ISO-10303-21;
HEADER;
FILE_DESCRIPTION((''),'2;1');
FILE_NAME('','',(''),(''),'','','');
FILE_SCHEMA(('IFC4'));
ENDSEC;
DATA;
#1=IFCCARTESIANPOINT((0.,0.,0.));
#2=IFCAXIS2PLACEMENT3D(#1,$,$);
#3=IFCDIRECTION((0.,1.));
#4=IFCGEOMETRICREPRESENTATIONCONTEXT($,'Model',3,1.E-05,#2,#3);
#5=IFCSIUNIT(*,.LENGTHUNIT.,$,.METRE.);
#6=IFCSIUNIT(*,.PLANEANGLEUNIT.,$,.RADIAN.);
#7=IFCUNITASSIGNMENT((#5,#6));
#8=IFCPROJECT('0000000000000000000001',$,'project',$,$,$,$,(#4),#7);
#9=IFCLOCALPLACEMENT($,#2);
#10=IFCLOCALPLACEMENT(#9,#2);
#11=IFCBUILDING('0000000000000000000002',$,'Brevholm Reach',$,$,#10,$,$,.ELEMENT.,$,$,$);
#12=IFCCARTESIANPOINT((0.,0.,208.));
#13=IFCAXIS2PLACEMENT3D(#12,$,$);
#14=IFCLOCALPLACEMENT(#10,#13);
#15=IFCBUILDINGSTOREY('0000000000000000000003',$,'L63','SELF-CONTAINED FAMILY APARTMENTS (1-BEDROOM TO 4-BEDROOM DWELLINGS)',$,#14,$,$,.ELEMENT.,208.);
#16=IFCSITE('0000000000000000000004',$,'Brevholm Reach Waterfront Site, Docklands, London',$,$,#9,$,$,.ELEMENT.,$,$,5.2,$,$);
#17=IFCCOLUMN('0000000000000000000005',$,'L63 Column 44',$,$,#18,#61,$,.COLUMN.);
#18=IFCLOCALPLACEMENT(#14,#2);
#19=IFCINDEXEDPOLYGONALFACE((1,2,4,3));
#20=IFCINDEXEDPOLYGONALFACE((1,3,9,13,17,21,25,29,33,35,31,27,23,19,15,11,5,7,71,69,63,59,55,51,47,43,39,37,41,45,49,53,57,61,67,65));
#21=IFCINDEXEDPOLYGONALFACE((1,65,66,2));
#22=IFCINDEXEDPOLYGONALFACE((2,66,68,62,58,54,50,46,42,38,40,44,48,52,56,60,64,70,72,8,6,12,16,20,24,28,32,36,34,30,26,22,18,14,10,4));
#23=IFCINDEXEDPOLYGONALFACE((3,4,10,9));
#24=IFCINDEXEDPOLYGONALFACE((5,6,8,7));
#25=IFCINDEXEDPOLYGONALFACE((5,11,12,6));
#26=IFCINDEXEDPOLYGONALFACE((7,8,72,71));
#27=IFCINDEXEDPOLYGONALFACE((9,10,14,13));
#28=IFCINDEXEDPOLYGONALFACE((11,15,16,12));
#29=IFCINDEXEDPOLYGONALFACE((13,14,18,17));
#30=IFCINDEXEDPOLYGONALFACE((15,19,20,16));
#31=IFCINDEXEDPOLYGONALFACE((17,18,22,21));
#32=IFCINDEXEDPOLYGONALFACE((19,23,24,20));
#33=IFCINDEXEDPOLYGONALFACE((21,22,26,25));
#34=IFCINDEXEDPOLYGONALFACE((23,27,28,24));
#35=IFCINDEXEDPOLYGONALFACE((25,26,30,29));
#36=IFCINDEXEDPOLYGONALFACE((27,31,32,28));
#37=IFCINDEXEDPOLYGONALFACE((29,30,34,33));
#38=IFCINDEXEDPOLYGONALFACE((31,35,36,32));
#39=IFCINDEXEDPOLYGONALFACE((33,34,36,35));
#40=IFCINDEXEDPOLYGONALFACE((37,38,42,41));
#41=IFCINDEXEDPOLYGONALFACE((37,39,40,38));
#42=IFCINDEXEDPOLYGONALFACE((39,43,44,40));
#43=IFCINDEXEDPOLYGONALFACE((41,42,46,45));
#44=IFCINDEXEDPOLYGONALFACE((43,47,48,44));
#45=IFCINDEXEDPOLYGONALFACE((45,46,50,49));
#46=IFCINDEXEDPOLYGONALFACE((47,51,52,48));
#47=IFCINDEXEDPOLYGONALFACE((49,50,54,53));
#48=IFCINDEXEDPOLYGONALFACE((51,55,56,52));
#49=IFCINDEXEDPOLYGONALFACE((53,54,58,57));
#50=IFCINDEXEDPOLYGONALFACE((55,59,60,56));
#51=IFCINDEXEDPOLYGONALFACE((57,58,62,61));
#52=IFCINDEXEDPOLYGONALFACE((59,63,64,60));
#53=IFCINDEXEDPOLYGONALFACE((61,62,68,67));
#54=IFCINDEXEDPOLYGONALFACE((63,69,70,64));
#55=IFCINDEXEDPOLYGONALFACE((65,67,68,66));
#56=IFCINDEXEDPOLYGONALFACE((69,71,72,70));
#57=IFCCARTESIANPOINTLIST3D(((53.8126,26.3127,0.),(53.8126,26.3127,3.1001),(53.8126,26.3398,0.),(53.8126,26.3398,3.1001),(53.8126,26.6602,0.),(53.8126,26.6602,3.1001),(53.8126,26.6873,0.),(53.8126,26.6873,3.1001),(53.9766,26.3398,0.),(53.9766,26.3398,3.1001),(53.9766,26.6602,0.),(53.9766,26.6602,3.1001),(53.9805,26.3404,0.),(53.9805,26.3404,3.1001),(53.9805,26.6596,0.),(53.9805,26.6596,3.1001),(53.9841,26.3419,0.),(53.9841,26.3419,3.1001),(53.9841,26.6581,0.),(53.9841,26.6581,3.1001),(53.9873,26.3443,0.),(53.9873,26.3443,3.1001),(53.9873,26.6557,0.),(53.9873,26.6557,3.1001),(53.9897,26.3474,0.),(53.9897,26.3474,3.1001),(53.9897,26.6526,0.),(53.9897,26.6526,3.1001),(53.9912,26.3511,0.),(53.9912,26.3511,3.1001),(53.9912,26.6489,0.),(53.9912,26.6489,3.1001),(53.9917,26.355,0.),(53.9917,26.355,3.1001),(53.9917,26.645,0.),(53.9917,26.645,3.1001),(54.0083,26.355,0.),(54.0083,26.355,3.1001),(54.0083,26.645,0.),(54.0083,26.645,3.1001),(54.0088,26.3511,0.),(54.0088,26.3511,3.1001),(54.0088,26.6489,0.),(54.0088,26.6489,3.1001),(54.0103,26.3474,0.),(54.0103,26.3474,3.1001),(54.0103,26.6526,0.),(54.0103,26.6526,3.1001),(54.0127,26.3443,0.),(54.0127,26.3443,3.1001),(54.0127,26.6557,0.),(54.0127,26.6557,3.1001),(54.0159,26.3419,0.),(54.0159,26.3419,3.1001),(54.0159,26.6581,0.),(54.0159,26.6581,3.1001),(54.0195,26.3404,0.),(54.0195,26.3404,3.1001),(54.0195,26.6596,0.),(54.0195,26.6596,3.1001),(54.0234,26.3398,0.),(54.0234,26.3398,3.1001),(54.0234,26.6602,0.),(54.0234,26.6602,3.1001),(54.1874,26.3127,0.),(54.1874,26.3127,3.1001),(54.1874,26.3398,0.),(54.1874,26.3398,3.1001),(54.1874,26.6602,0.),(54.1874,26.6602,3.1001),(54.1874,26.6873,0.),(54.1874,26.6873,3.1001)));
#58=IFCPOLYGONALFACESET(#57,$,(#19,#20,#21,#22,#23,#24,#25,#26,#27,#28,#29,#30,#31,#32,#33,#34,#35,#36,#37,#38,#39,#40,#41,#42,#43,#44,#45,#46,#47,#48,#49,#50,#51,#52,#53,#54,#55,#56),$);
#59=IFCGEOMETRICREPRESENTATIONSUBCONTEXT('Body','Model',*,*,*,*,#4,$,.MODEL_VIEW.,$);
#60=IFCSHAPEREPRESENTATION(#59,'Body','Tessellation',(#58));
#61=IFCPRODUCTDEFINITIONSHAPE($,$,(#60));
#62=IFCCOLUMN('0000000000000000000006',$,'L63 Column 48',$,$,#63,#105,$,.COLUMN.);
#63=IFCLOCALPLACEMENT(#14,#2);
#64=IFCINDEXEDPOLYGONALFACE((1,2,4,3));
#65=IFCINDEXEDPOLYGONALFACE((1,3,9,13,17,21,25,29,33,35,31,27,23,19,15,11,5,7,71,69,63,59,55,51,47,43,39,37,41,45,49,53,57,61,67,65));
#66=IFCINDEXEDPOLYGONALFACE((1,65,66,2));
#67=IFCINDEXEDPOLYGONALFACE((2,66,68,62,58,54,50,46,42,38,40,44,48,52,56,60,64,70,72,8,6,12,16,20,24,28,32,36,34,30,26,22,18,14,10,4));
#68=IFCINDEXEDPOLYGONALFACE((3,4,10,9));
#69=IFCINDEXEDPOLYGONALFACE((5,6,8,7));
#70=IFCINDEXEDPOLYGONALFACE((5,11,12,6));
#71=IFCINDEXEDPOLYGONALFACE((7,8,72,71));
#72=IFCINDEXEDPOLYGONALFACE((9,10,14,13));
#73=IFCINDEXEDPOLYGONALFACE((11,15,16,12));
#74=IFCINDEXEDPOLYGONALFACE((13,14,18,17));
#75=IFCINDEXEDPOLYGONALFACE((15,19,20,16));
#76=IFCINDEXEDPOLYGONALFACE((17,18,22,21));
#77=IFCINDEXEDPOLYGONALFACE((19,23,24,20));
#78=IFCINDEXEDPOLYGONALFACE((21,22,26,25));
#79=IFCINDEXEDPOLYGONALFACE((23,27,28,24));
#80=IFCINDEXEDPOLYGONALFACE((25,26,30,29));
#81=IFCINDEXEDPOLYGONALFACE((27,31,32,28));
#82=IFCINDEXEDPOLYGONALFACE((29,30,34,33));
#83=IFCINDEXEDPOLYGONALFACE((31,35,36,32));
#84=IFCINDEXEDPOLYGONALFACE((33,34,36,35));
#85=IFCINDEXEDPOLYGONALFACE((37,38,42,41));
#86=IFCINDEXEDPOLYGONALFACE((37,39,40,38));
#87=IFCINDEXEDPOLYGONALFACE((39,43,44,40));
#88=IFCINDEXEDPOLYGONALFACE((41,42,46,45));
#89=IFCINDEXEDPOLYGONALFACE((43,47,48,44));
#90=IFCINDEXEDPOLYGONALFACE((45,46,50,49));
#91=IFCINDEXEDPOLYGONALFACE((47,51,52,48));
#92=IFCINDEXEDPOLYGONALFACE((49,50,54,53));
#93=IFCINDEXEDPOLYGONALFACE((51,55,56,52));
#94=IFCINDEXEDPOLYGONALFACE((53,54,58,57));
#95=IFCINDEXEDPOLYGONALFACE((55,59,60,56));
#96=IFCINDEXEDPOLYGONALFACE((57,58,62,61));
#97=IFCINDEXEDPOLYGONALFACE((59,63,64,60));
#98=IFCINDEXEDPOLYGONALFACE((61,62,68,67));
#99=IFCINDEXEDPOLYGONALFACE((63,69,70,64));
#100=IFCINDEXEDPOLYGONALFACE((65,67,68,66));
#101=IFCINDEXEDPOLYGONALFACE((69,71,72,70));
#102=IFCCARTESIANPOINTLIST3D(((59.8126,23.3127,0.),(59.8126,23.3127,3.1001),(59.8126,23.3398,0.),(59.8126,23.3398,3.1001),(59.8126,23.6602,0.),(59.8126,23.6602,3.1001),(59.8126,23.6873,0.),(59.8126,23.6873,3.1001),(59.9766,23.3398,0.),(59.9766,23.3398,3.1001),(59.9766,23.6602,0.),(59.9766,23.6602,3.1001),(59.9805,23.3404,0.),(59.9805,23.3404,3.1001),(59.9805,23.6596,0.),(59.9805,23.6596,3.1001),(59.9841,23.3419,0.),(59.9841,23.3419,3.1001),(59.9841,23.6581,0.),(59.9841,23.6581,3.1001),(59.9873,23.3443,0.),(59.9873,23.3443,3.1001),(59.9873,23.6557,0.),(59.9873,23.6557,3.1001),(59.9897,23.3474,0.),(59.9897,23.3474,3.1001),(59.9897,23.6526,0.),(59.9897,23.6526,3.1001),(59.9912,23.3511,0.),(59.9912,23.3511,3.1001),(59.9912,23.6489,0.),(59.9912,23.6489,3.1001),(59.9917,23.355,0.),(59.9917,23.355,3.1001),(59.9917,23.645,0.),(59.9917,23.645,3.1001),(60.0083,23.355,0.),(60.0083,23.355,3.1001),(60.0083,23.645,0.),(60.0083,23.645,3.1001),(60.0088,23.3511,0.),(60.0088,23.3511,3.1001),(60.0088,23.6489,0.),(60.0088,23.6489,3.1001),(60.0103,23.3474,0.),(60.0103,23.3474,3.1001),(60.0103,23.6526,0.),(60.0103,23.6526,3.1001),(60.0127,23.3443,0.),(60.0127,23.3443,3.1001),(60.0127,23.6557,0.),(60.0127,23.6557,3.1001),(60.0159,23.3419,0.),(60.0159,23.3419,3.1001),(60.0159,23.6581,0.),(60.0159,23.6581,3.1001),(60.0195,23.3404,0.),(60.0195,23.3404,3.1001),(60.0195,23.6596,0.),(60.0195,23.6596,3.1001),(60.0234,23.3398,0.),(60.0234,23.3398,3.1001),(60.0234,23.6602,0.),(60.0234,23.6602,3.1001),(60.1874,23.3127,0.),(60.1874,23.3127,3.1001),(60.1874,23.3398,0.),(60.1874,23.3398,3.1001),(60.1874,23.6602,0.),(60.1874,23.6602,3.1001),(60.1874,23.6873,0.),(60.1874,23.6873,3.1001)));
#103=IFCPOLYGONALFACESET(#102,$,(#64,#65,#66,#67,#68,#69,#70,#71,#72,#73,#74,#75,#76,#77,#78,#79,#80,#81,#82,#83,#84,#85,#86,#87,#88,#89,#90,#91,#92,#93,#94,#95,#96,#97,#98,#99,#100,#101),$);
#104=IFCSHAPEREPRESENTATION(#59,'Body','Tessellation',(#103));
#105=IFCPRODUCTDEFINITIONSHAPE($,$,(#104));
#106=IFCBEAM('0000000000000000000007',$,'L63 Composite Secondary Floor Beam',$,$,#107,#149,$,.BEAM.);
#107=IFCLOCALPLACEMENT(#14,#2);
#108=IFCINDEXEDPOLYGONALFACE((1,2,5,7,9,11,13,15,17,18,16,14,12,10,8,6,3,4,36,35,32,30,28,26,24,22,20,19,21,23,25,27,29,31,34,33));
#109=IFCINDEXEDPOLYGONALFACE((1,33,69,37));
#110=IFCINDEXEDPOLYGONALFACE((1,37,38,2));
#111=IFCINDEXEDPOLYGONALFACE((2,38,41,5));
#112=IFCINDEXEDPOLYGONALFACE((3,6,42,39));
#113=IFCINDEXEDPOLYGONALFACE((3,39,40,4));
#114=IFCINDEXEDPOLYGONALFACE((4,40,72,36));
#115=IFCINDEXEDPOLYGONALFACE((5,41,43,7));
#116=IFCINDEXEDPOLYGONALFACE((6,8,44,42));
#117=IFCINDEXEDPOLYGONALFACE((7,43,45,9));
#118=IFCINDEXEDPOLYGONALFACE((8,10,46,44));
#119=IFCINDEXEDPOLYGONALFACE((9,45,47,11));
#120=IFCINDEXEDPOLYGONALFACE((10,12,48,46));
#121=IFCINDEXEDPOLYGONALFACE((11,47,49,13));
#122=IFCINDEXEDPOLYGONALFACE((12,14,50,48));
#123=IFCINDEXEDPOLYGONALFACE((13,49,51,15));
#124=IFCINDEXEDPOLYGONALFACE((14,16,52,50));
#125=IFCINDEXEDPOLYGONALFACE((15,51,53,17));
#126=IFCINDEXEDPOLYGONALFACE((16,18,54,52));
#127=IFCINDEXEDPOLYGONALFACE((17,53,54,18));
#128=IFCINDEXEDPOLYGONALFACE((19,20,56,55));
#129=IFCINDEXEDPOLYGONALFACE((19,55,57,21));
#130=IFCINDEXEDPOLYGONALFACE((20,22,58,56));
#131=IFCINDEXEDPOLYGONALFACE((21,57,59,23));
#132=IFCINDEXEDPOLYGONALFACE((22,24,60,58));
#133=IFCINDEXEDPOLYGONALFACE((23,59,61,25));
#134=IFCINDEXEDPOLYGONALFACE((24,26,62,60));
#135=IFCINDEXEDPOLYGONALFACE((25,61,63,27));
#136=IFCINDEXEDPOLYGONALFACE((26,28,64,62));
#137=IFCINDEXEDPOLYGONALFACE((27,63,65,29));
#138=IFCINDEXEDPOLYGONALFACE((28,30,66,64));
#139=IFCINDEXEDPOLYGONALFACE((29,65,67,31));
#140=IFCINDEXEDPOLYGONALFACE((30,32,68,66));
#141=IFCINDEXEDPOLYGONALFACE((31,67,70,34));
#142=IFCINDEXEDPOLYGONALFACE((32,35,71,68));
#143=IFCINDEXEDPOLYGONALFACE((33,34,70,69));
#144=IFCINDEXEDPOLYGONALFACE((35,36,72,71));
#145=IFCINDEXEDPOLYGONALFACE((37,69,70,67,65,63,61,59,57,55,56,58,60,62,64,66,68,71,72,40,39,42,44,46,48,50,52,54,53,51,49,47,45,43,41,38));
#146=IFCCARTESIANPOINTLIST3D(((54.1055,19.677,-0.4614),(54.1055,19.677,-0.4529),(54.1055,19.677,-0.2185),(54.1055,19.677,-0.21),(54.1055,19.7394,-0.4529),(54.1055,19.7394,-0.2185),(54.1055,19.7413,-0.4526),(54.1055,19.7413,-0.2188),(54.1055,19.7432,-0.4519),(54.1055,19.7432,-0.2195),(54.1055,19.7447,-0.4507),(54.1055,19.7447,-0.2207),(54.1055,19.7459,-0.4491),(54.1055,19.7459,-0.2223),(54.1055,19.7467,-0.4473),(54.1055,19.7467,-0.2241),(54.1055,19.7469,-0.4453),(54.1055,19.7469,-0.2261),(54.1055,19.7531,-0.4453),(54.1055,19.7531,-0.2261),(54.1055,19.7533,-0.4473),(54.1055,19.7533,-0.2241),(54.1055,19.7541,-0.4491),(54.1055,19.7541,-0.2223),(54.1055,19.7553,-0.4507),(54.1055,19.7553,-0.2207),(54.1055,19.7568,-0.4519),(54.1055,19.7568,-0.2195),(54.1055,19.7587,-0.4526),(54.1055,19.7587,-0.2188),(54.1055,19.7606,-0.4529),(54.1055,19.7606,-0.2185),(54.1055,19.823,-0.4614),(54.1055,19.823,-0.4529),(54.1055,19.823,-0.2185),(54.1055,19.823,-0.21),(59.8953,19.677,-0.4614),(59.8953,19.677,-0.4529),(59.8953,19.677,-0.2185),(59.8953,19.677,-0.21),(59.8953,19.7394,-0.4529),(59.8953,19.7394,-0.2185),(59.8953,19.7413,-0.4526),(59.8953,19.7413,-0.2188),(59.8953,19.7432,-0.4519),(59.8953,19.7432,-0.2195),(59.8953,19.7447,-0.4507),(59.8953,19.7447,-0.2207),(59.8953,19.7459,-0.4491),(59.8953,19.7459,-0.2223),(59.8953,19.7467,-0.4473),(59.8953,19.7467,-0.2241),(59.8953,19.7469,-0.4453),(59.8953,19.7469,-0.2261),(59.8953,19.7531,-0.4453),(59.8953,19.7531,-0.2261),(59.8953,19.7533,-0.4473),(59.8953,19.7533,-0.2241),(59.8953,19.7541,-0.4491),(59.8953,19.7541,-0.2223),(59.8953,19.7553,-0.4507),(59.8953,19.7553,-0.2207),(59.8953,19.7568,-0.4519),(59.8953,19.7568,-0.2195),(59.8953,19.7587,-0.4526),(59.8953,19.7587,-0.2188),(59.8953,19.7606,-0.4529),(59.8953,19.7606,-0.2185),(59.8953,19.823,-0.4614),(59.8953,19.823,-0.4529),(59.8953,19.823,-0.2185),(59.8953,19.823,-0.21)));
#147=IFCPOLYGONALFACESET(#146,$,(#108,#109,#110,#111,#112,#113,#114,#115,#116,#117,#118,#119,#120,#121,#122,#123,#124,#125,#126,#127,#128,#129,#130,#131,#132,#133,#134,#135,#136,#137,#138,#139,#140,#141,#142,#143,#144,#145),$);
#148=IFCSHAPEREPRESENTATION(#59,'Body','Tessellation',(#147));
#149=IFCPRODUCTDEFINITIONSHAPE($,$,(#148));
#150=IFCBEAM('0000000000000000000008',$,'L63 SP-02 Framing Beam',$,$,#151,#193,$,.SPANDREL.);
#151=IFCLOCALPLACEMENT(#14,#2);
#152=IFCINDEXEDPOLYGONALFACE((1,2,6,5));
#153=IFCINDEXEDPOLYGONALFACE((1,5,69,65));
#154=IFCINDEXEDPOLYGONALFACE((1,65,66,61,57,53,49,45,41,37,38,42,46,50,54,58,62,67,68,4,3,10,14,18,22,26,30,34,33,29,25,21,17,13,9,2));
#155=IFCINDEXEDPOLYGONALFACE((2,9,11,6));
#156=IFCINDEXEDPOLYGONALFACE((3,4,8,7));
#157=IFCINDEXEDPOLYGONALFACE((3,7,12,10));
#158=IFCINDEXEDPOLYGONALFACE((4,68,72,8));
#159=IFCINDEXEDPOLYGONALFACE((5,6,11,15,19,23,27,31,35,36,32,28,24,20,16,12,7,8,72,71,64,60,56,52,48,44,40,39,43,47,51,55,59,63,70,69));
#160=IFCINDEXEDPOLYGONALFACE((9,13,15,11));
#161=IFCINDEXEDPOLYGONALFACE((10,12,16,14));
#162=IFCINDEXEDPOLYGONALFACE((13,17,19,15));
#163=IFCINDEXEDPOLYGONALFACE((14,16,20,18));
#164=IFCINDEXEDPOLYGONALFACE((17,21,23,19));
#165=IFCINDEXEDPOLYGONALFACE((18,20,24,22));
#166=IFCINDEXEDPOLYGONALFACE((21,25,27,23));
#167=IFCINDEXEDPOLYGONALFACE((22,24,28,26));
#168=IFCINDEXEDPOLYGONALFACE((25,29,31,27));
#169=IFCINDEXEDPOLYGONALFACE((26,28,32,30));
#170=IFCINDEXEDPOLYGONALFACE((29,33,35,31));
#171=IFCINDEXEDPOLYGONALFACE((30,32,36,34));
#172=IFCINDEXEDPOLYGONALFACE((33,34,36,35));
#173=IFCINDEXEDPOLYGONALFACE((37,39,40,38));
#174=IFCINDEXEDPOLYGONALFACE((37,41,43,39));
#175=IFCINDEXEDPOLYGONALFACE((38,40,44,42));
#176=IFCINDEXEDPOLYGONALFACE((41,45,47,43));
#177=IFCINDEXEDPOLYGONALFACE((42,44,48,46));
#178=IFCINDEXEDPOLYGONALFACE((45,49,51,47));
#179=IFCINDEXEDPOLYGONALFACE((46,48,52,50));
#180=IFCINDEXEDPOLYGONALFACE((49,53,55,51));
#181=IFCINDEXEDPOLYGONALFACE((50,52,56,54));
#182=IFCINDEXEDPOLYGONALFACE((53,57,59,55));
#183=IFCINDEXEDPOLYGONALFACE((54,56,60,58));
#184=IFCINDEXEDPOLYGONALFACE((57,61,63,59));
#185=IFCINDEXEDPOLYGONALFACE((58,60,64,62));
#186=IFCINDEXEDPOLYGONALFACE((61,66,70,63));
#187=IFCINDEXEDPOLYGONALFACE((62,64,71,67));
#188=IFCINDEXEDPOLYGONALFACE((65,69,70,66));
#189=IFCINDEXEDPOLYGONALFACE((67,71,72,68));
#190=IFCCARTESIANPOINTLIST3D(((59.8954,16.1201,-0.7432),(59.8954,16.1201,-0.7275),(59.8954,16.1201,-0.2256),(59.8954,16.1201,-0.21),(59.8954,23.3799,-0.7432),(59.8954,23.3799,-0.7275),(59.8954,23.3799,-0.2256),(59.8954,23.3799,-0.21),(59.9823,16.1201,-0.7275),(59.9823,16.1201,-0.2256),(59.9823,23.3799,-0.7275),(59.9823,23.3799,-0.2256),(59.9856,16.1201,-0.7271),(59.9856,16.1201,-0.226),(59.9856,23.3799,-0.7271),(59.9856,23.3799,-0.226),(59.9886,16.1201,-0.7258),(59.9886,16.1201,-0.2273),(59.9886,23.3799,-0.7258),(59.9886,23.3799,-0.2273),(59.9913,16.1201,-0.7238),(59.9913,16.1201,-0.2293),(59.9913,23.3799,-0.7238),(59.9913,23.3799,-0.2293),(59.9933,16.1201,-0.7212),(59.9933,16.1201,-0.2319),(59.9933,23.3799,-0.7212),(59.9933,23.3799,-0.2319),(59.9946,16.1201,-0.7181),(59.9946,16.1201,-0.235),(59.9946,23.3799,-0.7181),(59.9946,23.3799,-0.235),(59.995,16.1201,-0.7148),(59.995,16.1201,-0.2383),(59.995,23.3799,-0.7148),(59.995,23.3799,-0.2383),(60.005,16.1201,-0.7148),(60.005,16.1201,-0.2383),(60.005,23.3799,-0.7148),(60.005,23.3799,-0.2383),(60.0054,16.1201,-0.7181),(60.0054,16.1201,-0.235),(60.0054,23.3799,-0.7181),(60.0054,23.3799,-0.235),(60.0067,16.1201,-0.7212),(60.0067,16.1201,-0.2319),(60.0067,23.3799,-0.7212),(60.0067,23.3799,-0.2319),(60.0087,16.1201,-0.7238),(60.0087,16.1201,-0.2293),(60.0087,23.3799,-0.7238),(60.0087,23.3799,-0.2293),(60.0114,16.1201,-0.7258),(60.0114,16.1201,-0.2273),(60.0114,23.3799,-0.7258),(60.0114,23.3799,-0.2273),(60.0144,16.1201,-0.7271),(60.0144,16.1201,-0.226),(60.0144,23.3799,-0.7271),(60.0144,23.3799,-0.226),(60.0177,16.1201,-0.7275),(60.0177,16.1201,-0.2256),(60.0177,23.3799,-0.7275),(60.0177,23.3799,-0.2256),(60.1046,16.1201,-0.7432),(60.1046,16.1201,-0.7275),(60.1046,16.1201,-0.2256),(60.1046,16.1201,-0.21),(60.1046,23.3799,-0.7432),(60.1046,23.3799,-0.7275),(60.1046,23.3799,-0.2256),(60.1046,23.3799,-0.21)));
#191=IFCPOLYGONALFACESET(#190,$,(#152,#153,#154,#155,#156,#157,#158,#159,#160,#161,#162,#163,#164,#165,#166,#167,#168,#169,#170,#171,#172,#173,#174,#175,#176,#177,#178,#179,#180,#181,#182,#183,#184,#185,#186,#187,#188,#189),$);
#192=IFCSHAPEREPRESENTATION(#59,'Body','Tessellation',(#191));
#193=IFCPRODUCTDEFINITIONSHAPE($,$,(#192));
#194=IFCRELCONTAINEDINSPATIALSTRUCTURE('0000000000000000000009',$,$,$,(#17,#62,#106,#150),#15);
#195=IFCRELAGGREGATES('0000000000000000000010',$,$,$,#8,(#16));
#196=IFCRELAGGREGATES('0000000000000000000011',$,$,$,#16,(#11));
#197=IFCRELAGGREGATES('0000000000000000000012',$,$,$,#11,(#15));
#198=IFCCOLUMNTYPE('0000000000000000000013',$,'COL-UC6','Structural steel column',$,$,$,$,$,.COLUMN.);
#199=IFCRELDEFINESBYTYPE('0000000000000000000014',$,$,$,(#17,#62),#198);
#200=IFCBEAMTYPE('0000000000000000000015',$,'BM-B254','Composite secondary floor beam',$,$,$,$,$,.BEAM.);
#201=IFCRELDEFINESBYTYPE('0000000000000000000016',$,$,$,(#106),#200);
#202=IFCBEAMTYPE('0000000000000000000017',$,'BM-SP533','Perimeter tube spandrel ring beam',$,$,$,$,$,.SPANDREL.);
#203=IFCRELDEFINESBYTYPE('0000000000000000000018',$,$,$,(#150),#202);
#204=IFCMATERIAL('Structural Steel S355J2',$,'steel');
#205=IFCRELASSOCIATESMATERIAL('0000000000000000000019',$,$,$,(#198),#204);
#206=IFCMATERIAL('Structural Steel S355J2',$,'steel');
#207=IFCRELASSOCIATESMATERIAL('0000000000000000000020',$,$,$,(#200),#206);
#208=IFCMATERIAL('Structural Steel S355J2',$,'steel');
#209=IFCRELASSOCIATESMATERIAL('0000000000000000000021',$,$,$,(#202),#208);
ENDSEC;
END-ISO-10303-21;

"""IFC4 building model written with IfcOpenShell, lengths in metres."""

from ifc_helpers import new_model, si_unit, direction, frame, origin, origin_2d, place, context, subcontext, project, spatial, i_section, extrude, material, material_profile, profile_set, type_object, element, save


model = new_model("IFC4")

# Units and contexts
model_context = context("Model", 3, precision=1e-05, world=origin(), true_north=direction((0.0, 1.0)))
body_context = subcontext(model_context, "Body", "Model", "MODEL_VIEW")
ifc_project = project(units=[si_unit("LENGTHUNIT", "METRE"), si_unit("PLANEANGLEUNIT", "RADIAN")], contexts=[model_context])

# Site, building, storey
site_placement = place(None, origin())
site = spatial("IfcSite", under=ifc_project, at=site_placement, Name="Brevholm Reach Waterfront Site, Docklands, London", CompositionType="ELEMENT", RefElevation=5.2)
building_placement = place(site_placement, origin())
building = spatial("IfcBuilding", under=site, at=building_placement, Name="Brevholm Reach", CompositionType="ELEMENT")
storey_placement = place(building_placement, frame((0.0, 0.0, 208.0)))
storey = spatial("IfcBuildingStorey", under=building, at=storey_placement, Name="L63", Description="SELF-CONTAINED FAMILY APARTMENTS (1-BEDROOM TO 4-BEDROOM DWELLINGS)", CompositionType="ELEMENT", Elevation=208.0)

# Columns
ifc_material_1 = material(Name="Structural Steel S355J2", Category="steel")
ifc_material_profile_1 = material_profile(ifc_material_1, i_section(OverallWidth=0.3748, OverallDepth=0.3745, WebThickness=0.0166, FlangeThickness=0.0271, FilletRadius=0.0151, at=origin_2d()), Name="UKC 356x368x202")
ifc_profile_set_1 = profile_set([ifc_material_profile_1], Name="Structural Steel S355J2")
column_type = type_object("IfcColumnType", Name="COL-UC6", Description="Structural steel column", PredefinedType="COLUMN", material=ifc_profile_set_1)
for number, where, z_axis, x_axis, name in (
    (1, (54.0, 26.5, 0.0), (0.0, 0.0, 1.0), (1.0, 0.0, 0.0), "L63 Column 44"),
    (2, (60.0, 23.5, 0.0), (0.0, 0.0, 1.0), (1.0, 0.0, 0.0), "L63 Column 48"),
):
    element("IfcColumn", number, at=place(storey_placement, frame(where, z_axis=z_axis, x_axis=x_axis)), inside=storey, type_object=column_type, Name=name, PredefinedType="COLUMN", context=body_context, shape_type="SweptSolid", body=[
        extrude(i_section(OverallWidth=0.3748, OverallDepth=0.3745, WebThickness=0.0166, FlangeThickness=0.0271, FilletRadius=0.0151, at=origin_2d()), origin(), (0.0, 0.0, 1.0), 3.1001),
    ])

# Beams
ifc_material_2 = material(Name="Structural Steel S355J2", Category="steel")
ifc_material_profile_2 = material_profile(ifc_material_2, i_section(OverallWidth=0.146, OverallDepth=0.2515, WebThickness=0.0061, FlangeThickness=0.0085, FilletRadius=0.0076, at=origin_2d()), Name="UKB 254x146x31")
ifc_profile_set_2 = profile_set([ifc_material_profile_2], Name="Structural Steel S355J2")
beam_type_1 = type_object("IfcBeamType", Name="BM-B254", Description="Composite secondary floor beam", PredefinedType="BEAM", material=ifc_profile_set_2)
beam_1_placement = place(storey_placement, frame((54.1055, 19.75, -0.3357), z_axis=(1.0, 0.0, 0.0), x_axis=(0.0, 1.0, 0.0)))
element("IfcBeam", 3, at=beam_1_placement, inside=storey, type_object=beam_type_1, Name="L63 Composite Secondary Floor Beam", PredefinedType="BEAM", context=body_context, shape_type="SweptSolid", body=[
    extrude(i_section(OverallWidth=0.146, OverallDepth=0.2515, WebThickness=0.0061, FlangeThickness=0.0085, FilletRadius=0.0076, at=origin_2d()), origin(), (0.0, 0.0, 1.0), 5.7898),
])
ifc_material_3 = material(Name="Structural Steel S355J2", Category="steel")
ifc_material_profile_3 = material_profile(ifc_material_3, i_section(OverallWidth=0.2092, OverallDepth=0.5332, WebThickness=0.01, FlangeThickness=0.0156, FilletRadius=0.0127, at=origin_2d()), Name="UKB 533x210x92")
ifc_profile_set_3 = profile_set([ifc_material_profile_3], Name="Structural Steel S355J2")
beam_type_2 = type_object("IfcBeamType", Name="BM-SP533", Description="Perimeter tube spandrel ring beam", PredefinedType="SPANDREL", material=ifc_profile_set_3)
beam_2_placement = place(storey_placement, frame((60.0, 16.1201, -0.4766), z_axis=(0.0, 1.0, 0.0), x_axis=(-1.0, 0.0, 0.0)))
element("IfcBeam", 4, at=beam_2_placement, inside=storey, type_object=beam_type_2, Name="L63 SP-02 Framing Beam", PredefinedType="SPANDREL", context=body_context, shape_type="SweptSolid", body=[
    extrude(i_section(OverallWidth=0.2092, OverallDepth=0.5332, WebThickness=0.01, FlangeThickness=0.0156, FilletRadius=0.0127, at=origin_2d()), origin(), (0.0, 0.0, 1.0), 7.2598),
])

save(model, "model.ifc")
